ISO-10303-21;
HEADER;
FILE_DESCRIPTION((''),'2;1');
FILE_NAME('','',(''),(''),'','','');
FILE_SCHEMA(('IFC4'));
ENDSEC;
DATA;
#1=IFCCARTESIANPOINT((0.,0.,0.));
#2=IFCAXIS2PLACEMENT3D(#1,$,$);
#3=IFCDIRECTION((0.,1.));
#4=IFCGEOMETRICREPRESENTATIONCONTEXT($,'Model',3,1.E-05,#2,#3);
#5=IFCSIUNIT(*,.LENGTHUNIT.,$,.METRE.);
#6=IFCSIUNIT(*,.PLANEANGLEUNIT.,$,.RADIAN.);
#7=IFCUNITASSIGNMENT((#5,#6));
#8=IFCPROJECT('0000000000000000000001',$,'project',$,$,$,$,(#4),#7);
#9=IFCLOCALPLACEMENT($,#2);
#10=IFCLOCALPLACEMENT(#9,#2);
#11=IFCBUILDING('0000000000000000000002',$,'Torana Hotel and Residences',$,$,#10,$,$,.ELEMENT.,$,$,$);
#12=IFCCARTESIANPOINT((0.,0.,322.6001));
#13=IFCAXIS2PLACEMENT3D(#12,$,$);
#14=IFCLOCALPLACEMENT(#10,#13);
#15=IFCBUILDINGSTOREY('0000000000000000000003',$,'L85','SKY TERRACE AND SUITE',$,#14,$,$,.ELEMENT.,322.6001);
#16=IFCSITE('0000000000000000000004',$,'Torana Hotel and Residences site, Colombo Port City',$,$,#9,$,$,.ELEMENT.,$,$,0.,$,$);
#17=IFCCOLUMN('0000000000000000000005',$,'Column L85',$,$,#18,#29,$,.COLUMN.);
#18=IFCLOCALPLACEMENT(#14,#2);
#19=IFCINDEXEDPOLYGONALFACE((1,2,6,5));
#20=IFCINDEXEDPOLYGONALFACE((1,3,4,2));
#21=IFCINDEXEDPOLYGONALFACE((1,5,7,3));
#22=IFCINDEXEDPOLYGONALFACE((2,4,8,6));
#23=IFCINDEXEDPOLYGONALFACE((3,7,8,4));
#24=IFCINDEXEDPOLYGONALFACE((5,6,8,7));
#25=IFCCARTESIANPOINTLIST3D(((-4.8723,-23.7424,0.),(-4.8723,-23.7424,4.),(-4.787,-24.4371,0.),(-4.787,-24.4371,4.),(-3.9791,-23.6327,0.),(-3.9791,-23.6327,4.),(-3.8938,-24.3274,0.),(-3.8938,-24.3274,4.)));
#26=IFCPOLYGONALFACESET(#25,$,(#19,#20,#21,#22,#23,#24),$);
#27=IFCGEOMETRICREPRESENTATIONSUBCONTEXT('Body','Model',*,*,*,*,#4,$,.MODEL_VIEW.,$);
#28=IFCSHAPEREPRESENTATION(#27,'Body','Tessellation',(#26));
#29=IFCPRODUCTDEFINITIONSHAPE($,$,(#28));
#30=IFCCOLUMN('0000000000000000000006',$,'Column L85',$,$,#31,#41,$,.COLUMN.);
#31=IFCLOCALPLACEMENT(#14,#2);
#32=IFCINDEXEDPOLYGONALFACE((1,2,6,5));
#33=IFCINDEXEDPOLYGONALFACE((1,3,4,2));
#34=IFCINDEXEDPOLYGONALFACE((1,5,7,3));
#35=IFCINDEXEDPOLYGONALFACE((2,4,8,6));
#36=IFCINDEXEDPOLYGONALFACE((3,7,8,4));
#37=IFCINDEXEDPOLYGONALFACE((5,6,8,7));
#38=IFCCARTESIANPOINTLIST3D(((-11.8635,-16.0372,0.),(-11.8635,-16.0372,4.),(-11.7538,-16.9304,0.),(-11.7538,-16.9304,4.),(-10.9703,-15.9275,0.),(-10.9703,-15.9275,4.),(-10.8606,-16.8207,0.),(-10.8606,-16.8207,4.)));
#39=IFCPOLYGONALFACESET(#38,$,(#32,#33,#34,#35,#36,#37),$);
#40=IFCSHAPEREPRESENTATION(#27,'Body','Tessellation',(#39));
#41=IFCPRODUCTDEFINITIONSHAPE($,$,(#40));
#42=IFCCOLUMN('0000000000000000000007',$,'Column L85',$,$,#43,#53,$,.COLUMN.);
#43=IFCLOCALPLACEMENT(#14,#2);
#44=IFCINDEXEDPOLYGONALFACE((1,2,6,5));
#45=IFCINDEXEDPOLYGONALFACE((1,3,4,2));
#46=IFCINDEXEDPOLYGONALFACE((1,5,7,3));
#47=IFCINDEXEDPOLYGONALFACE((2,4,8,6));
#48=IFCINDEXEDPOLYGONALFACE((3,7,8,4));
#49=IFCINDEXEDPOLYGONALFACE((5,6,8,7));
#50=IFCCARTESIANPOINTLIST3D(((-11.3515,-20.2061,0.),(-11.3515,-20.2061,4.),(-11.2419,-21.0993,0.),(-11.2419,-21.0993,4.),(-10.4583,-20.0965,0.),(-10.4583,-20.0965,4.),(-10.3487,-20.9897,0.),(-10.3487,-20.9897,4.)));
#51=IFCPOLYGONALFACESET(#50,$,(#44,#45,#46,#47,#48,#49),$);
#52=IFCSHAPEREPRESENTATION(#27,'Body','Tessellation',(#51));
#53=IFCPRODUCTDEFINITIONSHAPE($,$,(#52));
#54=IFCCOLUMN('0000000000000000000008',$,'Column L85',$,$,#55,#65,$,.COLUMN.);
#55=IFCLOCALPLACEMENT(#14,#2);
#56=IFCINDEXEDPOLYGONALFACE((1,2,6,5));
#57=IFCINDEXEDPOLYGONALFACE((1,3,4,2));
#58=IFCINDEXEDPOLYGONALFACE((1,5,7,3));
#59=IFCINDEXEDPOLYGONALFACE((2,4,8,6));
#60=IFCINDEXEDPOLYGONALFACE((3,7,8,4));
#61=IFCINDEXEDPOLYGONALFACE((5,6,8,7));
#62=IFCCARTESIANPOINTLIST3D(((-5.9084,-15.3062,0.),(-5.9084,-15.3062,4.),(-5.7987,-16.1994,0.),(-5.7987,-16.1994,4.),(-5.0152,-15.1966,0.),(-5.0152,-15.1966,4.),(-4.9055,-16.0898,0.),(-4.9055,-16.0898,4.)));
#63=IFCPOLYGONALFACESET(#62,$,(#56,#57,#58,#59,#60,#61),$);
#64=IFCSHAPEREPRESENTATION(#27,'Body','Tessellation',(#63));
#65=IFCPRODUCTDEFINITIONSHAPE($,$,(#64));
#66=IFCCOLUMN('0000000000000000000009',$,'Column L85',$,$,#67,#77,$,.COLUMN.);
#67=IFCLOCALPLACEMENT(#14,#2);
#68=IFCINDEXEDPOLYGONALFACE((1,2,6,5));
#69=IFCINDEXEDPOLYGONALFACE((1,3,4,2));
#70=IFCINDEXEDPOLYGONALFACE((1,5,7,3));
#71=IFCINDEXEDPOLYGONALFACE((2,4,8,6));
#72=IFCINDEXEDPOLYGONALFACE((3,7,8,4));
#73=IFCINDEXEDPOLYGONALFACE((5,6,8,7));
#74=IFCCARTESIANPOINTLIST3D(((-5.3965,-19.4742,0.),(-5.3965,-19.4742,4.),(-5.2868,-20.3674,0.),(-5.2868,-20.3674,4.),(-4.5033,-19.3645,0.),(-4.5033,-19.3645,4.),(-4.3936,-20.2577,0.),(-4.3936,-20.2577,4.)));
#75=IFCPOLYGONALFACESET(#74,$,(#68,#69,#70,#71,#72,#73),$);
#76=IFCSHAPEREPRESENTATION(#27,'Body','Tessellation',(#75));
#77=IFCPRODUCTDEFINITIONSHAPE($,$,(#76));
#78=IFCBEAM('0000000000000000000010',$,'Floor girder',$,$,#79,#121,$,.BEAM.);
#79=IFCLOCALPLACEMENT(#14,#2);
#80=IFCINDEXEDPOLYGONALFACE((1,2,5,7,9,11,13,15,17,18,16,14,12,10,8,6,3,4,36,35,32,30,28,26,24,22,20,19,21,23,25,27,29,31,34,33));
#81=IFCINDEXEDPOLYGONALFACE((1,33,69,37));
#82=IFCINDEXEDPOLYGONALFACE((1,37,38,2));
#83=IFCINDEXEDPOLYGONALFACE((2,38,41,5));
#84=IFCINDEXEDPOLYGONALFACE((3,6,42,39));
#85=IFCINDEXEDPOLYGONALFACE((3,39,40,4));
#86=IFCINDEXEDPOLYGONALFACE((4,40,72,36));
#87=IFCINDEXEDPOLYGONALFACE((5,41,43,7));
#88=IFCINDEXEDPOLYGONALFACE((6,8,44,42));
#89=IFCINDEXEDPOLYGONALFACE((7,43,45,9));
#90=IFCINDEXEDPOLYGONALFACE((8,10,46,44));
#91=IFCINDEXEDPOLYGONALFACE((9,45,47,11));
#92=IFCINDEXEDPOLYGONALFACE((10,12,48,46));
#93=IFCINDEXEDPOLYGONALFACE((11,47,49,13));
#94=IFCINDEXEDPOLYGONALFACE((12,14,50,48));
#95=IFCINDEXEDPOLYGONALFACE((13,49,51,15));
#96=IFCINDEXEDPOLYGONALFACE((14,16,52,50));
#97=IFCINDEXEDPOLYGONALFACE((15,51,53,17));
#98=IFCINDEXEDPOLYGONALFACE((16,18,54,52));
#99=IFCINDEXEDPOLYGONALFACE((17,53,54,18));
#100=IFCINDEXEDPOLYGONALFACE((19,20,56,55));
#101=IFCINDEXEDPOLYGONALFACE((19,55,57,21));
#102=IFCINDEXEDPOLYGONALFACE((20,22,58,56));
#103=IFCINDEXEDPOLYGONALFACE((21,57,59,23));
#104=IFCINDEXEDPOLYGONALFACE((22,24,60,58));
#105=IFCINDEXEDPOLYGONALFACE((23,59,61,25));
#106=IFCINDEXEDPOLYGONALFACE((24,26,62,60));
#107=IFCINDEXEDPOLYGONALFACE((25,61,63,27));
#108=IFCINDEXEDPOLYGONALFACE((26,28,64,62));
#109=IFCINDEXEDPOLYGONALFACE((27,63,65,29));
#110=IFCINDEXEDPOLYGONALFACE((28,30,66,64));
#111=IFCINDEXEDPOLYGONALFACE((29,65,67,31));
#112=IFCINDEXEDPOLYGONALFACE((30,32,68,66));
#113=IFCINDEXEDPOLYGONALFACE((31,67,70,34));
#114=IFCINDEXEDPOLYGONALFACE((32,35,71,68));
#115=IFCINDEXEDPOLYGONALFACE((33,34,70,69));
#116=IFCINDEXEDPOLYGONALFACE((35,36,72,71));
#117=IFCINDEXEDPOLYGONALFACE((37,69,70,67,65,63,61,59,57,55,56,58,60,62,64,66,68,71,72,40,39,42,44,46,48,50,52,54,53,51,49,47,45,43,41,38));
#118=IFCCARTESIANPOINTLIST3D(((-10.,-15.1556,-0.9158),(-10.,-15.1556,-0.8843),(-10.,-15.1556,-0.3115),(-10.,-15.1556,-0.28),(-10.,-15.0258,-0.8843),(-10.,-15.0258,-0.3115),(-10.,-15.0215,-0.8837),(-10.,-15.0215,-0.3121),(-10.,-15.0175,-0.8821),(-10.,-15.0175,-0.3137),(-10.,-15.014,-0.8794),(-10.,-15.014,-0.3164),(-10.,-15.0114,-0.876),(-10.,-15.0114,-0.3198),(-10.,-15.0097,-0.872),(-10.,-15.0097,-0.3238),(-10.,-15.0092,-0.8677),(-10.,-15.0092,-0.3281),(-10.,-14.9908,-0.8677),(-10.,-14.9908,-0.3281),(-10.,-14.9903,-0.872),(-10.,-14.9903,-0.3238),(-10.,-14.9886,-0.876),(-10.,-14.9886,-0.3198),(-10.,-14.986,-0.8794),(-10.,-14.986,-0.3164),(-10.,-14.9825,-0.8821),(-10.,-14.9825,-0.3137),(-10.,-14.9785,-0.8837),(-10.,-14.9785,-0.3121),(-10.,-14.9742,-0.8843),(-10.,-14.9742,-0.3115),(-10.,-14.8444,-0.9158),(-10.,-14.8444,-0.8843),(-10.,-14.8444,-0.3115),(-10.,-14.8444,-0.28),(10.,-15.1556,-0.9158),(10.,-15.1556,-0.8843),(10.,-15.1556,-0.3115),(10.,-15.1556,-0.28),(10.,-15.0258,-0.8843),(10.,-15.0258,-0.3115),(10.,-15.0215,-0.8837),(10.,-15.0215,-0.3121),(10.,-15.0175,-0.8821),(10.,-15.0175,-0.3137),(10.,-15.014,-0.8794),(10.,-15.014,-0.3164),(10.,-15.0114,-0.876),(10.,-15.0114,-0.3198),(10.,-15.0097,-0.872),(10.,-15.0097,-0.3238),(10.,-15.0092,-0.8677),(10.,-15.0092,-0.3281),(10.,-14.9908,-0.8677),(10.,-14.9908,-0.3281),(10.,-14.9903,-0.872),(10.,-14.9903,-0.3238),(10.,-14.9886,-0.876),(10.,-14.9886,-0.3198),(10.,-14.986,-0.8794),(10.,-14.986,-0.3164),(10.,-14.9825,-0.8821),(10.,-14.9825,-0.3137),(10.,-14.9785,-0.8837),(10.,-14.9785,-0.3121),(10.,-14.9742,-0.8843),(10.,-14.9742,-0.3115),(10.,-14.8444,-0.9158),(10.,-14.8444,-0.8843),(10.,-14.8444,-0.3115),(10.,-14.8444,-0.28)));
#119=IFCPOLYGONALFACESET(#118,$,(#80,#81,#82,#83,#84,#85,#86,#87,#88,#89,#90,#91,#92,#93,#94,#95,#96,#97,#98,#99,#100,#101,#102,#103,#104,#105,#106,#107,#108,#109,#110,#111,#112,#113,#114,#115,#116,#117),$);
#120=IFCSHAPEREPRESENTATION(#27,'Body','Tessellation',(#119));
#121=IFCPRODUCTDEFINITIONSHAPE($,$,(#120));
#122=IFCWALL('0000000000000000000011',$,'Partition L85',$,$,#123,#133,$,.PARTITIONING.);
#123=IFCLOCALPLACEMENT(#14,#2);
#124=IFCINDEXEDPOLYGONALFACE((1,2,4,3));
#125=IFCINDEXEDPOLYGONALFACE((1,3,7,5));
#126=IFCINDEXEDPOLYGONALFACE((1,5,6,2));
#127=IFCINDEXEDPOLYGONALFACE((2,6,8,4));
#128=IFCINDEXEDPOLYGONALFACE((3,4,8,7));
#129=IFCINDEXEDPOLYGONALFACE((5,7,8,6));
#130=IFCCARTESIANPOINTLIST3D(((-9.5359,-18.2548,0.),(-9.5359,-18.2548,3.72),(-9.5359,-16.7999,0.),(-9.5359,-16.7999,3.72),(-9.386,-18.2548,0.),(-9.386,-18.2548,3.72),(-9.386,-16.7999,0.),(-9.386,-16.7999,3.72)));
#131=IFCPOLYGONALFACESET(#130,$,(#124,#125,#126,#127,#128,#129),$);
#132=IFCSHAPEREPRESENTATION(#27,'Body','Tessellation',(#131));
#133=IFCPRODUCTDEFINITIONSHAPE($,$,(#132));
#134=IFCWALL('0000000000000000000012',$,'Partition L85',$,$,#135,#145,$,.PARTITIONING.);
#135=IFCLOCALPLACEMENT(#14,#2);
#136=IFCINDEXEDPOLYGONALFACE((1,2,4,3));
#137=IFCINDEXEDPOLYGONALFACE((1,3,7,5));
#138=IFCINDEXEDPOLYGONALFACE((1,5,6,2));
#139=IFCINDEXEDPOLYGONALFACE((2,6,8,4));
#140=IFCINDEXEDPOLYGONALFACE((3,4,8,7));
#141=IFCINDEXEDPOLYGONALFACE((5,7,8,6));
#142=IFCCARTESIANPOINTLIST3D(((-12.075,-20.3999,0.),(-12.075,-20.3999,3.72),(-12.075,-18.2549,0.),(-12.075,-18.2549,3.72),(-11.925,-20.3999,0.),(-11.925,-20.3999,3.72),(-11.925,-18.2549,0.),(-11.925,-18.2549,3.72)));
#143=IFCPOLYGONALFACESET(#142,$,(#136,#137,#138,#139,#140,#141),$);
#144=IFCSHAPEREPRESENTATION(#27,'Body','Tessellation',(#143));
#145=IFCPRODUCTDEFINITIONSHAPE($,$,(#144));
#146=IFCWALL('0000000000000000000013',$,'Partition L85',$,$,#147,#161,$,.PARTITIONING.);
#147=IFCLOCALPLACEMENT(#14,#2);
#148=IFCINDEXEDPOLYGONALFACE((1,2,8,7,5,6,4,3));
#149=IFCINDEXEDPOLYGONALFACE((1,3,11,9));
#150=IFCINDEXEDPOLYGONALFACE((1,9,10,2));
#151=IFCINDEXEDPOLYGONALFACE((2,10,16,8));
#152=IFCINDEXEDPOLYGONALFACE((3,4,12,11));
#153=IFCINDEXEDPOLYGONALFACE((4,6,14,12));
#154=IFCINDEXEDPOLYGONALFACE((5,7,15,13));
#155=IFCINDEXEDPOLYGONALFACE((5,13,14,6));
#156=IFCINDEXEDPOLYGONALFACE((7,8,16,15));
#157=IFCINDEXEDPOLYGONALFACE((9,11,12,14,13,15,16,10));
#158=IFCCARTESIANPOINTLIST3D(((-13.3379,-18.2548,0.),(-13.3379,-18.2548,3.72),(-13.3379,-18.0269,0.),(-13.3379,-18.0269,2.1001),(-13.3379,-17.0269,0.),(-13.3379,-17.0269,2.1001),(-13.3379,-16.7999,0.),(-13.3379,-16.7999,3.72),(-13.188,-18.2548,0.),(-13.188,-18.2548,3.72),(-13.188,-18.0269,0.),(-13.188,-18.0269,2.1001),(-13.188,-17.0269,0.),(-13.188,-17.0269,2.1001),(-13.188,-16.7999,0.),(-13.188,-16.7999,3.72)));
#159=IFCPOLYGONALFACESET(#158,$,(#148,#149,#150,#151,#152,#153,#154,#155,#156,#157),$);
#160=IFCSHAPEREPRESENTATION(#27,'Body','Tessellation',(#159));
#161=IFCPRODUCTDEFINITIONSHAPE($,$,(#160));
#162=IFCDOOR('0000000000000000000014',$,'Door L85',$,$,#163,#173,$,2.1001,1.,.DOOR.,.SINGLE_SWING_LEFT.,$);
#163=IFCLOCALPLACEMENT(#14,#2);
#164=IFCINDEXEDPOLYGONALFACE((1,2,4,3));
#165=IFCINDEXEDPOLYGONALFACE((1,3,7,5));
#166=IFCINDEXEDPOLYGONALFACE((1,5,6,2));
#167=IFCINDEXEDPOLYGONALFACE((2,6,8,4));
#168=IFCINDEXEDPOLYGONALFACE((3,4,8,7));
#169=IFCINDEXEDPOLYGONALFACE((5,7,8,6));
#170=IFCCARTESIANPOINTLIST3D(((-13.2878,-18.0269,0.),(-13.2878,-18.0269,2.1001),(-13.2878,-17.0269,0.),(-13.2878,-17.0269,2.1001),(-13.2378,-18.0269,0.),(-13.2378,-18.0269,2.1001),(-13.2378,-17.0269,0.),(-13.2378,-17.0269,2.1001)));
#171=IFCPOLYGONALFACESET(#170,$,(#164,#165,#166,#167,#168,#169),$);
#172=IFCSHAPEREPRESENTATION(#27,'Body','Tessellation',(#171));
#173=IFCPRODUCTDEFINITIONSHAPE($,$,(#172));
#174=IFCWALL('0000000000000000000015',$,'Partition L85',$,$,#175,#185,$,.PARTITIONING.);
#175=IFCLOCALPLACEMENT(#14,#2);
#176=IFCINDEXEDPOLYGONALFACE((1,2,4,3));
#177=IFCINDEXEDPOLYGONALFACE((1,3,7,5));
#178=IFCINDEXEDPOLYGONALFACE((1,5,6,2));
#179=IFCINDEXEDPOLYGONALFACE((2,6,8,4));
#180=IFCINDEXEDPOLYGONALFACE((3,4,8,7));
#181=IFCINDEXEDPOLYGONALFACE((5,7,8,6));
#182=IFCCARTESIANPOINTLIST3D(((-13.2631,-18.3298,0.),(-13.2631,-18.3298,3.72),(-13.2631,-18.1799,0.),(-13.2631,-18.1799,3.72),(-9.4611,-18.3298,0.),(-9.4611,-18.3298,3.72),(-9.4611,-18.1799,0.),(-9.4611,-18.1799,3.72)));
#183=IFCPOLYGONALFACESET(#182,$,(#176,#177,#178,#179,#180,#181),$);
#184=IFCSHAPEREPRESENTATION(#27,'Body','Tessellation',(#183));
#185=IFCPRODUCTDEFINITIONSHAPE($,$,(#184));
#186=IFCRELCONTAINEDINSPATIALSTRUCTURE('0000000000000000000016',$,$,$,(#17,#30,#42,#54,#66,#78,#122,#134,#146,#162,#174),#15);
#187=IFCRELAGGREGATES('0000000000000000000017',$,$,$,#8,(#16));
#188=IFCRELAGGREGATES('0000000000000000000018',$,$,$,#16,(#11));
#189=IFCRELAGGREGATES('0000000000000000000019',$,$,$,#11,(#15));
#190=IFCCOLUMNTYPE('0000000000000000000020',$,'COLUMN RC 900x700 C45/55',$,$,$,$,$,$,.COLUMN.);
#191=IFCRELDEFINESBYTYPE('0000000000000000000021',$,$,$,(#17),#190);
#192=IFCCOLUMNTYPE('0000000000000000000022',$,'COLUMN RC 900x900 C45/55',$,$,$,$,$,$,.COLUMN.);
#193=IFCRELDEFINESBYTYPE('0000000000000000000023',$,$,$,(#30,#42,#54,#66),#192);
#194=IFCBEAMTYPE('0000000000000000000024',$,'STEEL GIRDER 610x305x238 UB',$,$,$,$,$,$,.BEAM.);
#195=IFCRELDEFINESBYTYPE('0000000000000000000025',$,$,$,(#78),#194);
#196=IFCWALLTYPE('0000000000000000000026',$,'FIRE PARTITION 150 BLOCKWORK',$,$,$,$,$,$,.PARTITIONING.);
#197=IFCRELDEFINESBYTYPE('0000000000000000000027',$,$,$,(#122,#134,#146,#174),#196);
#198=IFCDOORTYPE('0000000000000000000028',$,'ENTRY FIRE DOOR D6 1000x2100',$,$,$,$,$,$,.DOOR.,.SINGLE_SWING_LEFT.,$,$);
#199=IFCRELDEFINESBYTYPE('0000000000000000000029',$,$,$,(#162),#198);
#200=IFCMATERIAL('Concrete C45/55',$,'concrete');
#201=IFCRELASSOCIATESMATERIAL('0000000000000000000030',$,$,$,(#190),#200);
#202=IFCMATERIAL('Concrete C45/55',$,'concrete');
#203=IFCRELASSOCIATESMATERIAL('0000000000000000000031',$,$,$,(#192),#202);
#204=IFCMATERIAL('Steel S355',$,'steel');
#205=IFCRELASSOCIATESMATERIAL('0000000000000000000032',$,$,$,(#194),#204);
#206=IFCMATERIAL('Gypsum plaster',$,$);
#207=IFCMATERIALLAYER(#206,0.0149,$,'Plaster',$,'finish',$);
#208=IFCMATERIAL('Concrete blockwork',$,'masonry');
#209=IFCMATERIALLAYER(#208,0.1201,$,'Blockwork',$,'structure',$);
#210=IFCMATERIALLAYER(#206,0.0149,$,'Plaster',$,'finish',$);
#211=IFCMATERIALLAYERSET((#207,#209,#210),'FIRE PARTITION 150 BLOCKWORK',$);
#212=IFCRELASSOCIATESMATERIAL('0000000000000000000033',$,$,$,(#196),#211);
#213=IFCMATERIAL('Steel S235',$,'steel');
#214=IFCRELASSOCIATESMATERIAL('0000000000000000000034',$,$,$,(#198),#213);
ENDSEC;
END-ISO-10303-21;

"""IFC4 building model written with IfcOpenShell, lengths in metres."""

from ifc_helpers import new_model, si_unit, direction, frame, frame_2d, origin, origin_2d, place, context, subcontext, project, spatial, rectangle, i_section, extrude, material, layer, layer_set, material_profile, profile_set, type_object, element, fill, save


model = new_model("IFC4")

# Units and contexts
model_context = context("Model", 3, precision=1e-05, world=origin(), true_north=direction((0.0, 1.0)))
body_context = subcontext(model_context, "Body", "Model", "MODEL_VIEW")
ifc_project = project(units=[si_unit("LENGTHUNIT", "METRE"), si_unit("PLANEANGLEUNIT", "RADIAN")], contexts=[model_context])

# Site, building, storey
site_placement = place(None, origin())
site = spatial("IfcSite", under=ifc_project, at=site_placement, Name="Torana Hotel and Residences site, Colombo Port City", CompositionType="ELEMENT", RefElevation=0.0)
building_placement = place(site_placement, origin())
building = spatial("IfcBuilding", under=site, at=building_placement, Name="Torana Hotel and Residences", CompositionType="ELEMENT")
storey_placement = place(building_placement, frame((0.0, 0.0, 322.6001)))
storey = spatial("IfcBuildingStorey", under=building, at=storey_placement, Name="L85", Description="SKY TERRACE AND SUITE", CompositionType="ELEMENT", Elevation=322.6001)

# Columns
ifc_material_1 = material(Name="Concrete C45/55", Category="concrete")
ifc_material_profile_1 = material_profile(ifc_material_1, rectangle(XDim=0.8999, YDim=0.7, at=origin_2d()), Name="RC 900x700")
ifc_profile_set_1 = profile_set([ifc_material_profile_1], Name="Concrete C45/55")
column_type_1 = type_object("IfcColumnType", Name="COLUMN RC 900x700 C45/55", PredefinedType="COLUMN", material=ifc_profile_set_1)
column_placement = place(storey_placement, frame((-4.3831, -24.0349, 0.0), z_axis=(0.0, 0.0, 1.0), x_axis=(0.992546, 0.121869, 0.0)))
element("IfcColumn", 1, at=column_placement, inside=storey, type_object=column_type_1, Name="Column L85", PredefinedType="COLUMN", context=body_context, shape_type="SweptSolid", body=[
    extrude(rectangle(XDim=0.8999, YDim=0.7, at=origin_2d()), origin(), (0.0, 0.0, 1.0), 4.0),
])
ifc_material_2 = material(Name="Concrete C45/55", Category="concrete")
ifc_material_profile_2 = material_profile(ifc_material_2, rectangle(XDim=0.8999, YDim=0.8999, at=origin_2d()), Name="RC 900x900")
ifc_profile_set_2 = profile_set([ifc_material_profile_2], Name="Concrete C45/55")
column_type_2 = type_object("IfcColumnType", Name="COLUMN RC 900x900 C45/55", PredefinedType="COLUMN", material=ifc_profile_set_2)
for number, where, z_axis, x_axis, name in (
    (2, (-11.3621, -16.429, 0.0), (0.0, 0.0, 1.0), (0.992546, 0.121869, 0.0), "Column L85"),
    (3, (-10.8501, -20.5979, 0.0), (0.0, 0.0, 1.0), (0.992546, 0.121869, 0.0), "Column L85"),
    (4, (-5.407, -15.698, 0.0), (0.0, 0.0, 1.0), (0.992546, 0.121869, 0.0), "Column L85"),
    (5, (-4.895, -19.866, 0.0), (0.0, 0.0, 1.0), (0.992546, 0.121869, 0.0), "Column L85"),
):
    element("IfcColumn", number, at=place(storey_placement, frame(where, z_axis=z_axis, x_axis=x_axis)), inside=storey, type_object=column_type_2, Name=name, PredefinedType="COLUMN", context=body_context, shape_type="SweptSolid", body=[
        extrude(rectangle(XDim=0.8999, YDim=0.8999, at=origin_2d()), origin(), (0.0, 0.0, 1.0), 4.0),
    ])

# Beam
ifc_material_3 = material(Name="Steel S355", Category="steel")
ifc_material_profile_3 = material_profile(ifc_material_3, i_section(OverallWidth=0.3113, OverallDepth=0.6357, WebThickness=0.0183, FlangeThickness=0.0315, FilletRadius=0.0166, at=origin_2d()), Name="610x305x238 UB")
ifc_profile_set_3 = profile_set([ifc_material_profile_3], Name="Steel S355")
beam_type = type_object("IfcBeamType", Name="STEEL GIRDER 610x305x238 UB", PredefinedType="BEAM", material=ifc_profile_set_3)
beam_placement = place(storey_placement, frame((-10.0, -15.0, -0.5979), z_axis=(1.0, 0.0, 0.0), x_axis=(0.0, 1.0, 0.0)))
element("IfcBeam", 6, at=beam_placement, inside=storey, type_object=beam_type, Name="Floor girder", PredefinedType="BEAM", context=body_context, shape_type="SweptSolid", body=[
    extrude(i_section(OverallWidth=0.3113, OverallDepth=0.6357, WebThickness=0.0183, FlangeThickness=0.0315, FilletRadius=0.0166, at=origin_2d()), origin(), (0.0, 0.0, 1.0), 20.0),
])

# Walls
ifc_material_4 = material(Name="Gypsum plaster")
ifc_layer_1 = layer(ifc_material_4, 0.0149, Name="Plaster", Category="finish")
ifc_material_5 = material(Name="Concrete blockwork", Category="masonry")
ifc_layer_2 = layer(ifc_material_5, 0.1201, Name="Blockwork", Category="structure")
ifc_layer_3 = layer(ifc_material_4, 0.0149, Name="Plaster", Category="finish")
ifc_layer_set_1 = layer_set([ifc_layer_1, ifc_layer_2, ifc_layer_3], Name="FIRE PARTITION 150 BLOCKWORK")
wall_type_1 = type_object("IfcWallType", Name="FIRE PARTITION 150 BLOCKWORK", PredefinedType="PARTITIONING", material=ifc_layer_set_1)
wall_1_placement = place(storey_placement, frame((-9.4609, -18.2549, 0.0), z_axis=(0.0, 0.0, 1.0), x_axis=(0.0, 1.0, 0.0)))
element("IfcWall", 7, at=wall_1_placement, inside=storey, type_object=wall_type_1, Name="Partition L85", PredefinedType="PARTITIONING", context=body_context, shape_type="SweptSolid", body=[
    extrude(rectangle(XDim=1.4548, YDim=0.1499, at=frame_2d((0.7275, 0.0))), origin(), (0.0, 0.0, 1.0), 3.72),
])
wall_2_placement = place(storey_placement, frame((-12.0, -20.3999, 0.0), z_axis=(0.0, 0.0, 1.0), x_axis=(0.0, 1.0, 0.0)))
element("IfcWall", 8, at=wall_2_placement, inside=storey, type_object=wall_type_1, Name="Partition L85", PredefinedType="PARTITIONING", context=body_context, shape_type="SweptSolid", body=[
    extrude(rectangle(XDim=2.145, YDim=0.1499, at=frame_2d((1.0725, 0.0))), origin(), (0.0, 0.0, 1.0), 3.72),
])

# Wall, opening, door
wall_3_placement = place(storey_placement, frame((-13.2629, -18.2549, 0.0), z_axis=(0.0, 0.0, 1.0), x_axis=(0.0, 1.0, 0.0)))
wall_3 = element("IfcWall", 9, at=wall_3_placement, inside=storey, type_object=wall_type_1, Name="Partition L85", PredefinedType="PARTITIONING", context=body_context, shape_type="SweptSolid", body=[
    extrude(rectangle(XDim=1.4548, YDim=0.1499, at=frame_2d((0.7275, 0.0))), origin(), (0.0, 0.0, 1.0), 3.72),
])
opening_1_placement = place(wall_3_placement, frame((0.228, 0.0, 0.0)))
opening_1 = element("IfcOpeningElement", 10, at=opening_1_placement, cuts=wall_3, PredefinedType="OPENING", context=body_context, shape_type="SweptSolid", body=[
    extrude(rectangle(XDim=1.0, YDim=2.1001, at=frame_2d((0.5, 1.05))), frame((0.0, 0.085, 0.0), z_axis=(0.0, -1.0, 0.0), x_axis=(1.0, 0.0, 0.0)), (0.0, 0.0, 1.0), 0.1699),
])
ifc_material_6 = material(Name="Steel S235", Category="steel")
door_type_1 = type_object("IfcDoorType", Name="ENTRY FIRE DOOR D6 1000x2100", OperationType="SINGLE_SWING_LEFT", PredefinedType="DOOR", material=ifc_material_6)
door_1_placement = place(opening_1_placement, frame((0.5, 0.0, 0.0), z_axis=(0.0, 0.0, 1.0), x_axis=(-1.0, 0.0, 0.0)))
door_1 = element("IfcDoor", 11, at=door_1_placement, inside=storey, type_object=door_type_1, Name="Door L85", OperationType="SINGLE_SWING_LEFT", OverallHeight=2.1001, OverallWidth=1.0, PredefinedType="DOOR", context=body_context, shape_type="SweptSolid", body=[
    extrude(rectangle(XDim=1.0, YDim=2.1001, at=frame_2d((0.0, 1.05))), frame((0.0, -0.0249, 0.0), z_axis=(0.0, 1.0, 0.0), x_axis=(-1.0, 0.0, 0.0)), (0.0, 0.0, 1.0), 0.05),
])
fill(opening_1, door_1)

# Wall
wall_4_placement = place(storey_placement, frame((-13.2629, -18.2549, 0.0), z_axis=(0.0, 0.0, 1.0), x_axis=(1.0, 0.0, 0.0)))
element("IfcWall", 12, at=wall_4_placement, inside=storey, type_object=wall_type_1, Name="Partition L85", PredefinedType="PARTITIONING", context=body_context, shape_type="SweptSolid", body=[
    extrude(rectangle(XDim=3.802, YDim=0.1499, at=frame_2d((1.9009, 0.0))), origin(), (0.0, 0.0, 1.0), 3.72),
])

save(model, "model.ifc")
